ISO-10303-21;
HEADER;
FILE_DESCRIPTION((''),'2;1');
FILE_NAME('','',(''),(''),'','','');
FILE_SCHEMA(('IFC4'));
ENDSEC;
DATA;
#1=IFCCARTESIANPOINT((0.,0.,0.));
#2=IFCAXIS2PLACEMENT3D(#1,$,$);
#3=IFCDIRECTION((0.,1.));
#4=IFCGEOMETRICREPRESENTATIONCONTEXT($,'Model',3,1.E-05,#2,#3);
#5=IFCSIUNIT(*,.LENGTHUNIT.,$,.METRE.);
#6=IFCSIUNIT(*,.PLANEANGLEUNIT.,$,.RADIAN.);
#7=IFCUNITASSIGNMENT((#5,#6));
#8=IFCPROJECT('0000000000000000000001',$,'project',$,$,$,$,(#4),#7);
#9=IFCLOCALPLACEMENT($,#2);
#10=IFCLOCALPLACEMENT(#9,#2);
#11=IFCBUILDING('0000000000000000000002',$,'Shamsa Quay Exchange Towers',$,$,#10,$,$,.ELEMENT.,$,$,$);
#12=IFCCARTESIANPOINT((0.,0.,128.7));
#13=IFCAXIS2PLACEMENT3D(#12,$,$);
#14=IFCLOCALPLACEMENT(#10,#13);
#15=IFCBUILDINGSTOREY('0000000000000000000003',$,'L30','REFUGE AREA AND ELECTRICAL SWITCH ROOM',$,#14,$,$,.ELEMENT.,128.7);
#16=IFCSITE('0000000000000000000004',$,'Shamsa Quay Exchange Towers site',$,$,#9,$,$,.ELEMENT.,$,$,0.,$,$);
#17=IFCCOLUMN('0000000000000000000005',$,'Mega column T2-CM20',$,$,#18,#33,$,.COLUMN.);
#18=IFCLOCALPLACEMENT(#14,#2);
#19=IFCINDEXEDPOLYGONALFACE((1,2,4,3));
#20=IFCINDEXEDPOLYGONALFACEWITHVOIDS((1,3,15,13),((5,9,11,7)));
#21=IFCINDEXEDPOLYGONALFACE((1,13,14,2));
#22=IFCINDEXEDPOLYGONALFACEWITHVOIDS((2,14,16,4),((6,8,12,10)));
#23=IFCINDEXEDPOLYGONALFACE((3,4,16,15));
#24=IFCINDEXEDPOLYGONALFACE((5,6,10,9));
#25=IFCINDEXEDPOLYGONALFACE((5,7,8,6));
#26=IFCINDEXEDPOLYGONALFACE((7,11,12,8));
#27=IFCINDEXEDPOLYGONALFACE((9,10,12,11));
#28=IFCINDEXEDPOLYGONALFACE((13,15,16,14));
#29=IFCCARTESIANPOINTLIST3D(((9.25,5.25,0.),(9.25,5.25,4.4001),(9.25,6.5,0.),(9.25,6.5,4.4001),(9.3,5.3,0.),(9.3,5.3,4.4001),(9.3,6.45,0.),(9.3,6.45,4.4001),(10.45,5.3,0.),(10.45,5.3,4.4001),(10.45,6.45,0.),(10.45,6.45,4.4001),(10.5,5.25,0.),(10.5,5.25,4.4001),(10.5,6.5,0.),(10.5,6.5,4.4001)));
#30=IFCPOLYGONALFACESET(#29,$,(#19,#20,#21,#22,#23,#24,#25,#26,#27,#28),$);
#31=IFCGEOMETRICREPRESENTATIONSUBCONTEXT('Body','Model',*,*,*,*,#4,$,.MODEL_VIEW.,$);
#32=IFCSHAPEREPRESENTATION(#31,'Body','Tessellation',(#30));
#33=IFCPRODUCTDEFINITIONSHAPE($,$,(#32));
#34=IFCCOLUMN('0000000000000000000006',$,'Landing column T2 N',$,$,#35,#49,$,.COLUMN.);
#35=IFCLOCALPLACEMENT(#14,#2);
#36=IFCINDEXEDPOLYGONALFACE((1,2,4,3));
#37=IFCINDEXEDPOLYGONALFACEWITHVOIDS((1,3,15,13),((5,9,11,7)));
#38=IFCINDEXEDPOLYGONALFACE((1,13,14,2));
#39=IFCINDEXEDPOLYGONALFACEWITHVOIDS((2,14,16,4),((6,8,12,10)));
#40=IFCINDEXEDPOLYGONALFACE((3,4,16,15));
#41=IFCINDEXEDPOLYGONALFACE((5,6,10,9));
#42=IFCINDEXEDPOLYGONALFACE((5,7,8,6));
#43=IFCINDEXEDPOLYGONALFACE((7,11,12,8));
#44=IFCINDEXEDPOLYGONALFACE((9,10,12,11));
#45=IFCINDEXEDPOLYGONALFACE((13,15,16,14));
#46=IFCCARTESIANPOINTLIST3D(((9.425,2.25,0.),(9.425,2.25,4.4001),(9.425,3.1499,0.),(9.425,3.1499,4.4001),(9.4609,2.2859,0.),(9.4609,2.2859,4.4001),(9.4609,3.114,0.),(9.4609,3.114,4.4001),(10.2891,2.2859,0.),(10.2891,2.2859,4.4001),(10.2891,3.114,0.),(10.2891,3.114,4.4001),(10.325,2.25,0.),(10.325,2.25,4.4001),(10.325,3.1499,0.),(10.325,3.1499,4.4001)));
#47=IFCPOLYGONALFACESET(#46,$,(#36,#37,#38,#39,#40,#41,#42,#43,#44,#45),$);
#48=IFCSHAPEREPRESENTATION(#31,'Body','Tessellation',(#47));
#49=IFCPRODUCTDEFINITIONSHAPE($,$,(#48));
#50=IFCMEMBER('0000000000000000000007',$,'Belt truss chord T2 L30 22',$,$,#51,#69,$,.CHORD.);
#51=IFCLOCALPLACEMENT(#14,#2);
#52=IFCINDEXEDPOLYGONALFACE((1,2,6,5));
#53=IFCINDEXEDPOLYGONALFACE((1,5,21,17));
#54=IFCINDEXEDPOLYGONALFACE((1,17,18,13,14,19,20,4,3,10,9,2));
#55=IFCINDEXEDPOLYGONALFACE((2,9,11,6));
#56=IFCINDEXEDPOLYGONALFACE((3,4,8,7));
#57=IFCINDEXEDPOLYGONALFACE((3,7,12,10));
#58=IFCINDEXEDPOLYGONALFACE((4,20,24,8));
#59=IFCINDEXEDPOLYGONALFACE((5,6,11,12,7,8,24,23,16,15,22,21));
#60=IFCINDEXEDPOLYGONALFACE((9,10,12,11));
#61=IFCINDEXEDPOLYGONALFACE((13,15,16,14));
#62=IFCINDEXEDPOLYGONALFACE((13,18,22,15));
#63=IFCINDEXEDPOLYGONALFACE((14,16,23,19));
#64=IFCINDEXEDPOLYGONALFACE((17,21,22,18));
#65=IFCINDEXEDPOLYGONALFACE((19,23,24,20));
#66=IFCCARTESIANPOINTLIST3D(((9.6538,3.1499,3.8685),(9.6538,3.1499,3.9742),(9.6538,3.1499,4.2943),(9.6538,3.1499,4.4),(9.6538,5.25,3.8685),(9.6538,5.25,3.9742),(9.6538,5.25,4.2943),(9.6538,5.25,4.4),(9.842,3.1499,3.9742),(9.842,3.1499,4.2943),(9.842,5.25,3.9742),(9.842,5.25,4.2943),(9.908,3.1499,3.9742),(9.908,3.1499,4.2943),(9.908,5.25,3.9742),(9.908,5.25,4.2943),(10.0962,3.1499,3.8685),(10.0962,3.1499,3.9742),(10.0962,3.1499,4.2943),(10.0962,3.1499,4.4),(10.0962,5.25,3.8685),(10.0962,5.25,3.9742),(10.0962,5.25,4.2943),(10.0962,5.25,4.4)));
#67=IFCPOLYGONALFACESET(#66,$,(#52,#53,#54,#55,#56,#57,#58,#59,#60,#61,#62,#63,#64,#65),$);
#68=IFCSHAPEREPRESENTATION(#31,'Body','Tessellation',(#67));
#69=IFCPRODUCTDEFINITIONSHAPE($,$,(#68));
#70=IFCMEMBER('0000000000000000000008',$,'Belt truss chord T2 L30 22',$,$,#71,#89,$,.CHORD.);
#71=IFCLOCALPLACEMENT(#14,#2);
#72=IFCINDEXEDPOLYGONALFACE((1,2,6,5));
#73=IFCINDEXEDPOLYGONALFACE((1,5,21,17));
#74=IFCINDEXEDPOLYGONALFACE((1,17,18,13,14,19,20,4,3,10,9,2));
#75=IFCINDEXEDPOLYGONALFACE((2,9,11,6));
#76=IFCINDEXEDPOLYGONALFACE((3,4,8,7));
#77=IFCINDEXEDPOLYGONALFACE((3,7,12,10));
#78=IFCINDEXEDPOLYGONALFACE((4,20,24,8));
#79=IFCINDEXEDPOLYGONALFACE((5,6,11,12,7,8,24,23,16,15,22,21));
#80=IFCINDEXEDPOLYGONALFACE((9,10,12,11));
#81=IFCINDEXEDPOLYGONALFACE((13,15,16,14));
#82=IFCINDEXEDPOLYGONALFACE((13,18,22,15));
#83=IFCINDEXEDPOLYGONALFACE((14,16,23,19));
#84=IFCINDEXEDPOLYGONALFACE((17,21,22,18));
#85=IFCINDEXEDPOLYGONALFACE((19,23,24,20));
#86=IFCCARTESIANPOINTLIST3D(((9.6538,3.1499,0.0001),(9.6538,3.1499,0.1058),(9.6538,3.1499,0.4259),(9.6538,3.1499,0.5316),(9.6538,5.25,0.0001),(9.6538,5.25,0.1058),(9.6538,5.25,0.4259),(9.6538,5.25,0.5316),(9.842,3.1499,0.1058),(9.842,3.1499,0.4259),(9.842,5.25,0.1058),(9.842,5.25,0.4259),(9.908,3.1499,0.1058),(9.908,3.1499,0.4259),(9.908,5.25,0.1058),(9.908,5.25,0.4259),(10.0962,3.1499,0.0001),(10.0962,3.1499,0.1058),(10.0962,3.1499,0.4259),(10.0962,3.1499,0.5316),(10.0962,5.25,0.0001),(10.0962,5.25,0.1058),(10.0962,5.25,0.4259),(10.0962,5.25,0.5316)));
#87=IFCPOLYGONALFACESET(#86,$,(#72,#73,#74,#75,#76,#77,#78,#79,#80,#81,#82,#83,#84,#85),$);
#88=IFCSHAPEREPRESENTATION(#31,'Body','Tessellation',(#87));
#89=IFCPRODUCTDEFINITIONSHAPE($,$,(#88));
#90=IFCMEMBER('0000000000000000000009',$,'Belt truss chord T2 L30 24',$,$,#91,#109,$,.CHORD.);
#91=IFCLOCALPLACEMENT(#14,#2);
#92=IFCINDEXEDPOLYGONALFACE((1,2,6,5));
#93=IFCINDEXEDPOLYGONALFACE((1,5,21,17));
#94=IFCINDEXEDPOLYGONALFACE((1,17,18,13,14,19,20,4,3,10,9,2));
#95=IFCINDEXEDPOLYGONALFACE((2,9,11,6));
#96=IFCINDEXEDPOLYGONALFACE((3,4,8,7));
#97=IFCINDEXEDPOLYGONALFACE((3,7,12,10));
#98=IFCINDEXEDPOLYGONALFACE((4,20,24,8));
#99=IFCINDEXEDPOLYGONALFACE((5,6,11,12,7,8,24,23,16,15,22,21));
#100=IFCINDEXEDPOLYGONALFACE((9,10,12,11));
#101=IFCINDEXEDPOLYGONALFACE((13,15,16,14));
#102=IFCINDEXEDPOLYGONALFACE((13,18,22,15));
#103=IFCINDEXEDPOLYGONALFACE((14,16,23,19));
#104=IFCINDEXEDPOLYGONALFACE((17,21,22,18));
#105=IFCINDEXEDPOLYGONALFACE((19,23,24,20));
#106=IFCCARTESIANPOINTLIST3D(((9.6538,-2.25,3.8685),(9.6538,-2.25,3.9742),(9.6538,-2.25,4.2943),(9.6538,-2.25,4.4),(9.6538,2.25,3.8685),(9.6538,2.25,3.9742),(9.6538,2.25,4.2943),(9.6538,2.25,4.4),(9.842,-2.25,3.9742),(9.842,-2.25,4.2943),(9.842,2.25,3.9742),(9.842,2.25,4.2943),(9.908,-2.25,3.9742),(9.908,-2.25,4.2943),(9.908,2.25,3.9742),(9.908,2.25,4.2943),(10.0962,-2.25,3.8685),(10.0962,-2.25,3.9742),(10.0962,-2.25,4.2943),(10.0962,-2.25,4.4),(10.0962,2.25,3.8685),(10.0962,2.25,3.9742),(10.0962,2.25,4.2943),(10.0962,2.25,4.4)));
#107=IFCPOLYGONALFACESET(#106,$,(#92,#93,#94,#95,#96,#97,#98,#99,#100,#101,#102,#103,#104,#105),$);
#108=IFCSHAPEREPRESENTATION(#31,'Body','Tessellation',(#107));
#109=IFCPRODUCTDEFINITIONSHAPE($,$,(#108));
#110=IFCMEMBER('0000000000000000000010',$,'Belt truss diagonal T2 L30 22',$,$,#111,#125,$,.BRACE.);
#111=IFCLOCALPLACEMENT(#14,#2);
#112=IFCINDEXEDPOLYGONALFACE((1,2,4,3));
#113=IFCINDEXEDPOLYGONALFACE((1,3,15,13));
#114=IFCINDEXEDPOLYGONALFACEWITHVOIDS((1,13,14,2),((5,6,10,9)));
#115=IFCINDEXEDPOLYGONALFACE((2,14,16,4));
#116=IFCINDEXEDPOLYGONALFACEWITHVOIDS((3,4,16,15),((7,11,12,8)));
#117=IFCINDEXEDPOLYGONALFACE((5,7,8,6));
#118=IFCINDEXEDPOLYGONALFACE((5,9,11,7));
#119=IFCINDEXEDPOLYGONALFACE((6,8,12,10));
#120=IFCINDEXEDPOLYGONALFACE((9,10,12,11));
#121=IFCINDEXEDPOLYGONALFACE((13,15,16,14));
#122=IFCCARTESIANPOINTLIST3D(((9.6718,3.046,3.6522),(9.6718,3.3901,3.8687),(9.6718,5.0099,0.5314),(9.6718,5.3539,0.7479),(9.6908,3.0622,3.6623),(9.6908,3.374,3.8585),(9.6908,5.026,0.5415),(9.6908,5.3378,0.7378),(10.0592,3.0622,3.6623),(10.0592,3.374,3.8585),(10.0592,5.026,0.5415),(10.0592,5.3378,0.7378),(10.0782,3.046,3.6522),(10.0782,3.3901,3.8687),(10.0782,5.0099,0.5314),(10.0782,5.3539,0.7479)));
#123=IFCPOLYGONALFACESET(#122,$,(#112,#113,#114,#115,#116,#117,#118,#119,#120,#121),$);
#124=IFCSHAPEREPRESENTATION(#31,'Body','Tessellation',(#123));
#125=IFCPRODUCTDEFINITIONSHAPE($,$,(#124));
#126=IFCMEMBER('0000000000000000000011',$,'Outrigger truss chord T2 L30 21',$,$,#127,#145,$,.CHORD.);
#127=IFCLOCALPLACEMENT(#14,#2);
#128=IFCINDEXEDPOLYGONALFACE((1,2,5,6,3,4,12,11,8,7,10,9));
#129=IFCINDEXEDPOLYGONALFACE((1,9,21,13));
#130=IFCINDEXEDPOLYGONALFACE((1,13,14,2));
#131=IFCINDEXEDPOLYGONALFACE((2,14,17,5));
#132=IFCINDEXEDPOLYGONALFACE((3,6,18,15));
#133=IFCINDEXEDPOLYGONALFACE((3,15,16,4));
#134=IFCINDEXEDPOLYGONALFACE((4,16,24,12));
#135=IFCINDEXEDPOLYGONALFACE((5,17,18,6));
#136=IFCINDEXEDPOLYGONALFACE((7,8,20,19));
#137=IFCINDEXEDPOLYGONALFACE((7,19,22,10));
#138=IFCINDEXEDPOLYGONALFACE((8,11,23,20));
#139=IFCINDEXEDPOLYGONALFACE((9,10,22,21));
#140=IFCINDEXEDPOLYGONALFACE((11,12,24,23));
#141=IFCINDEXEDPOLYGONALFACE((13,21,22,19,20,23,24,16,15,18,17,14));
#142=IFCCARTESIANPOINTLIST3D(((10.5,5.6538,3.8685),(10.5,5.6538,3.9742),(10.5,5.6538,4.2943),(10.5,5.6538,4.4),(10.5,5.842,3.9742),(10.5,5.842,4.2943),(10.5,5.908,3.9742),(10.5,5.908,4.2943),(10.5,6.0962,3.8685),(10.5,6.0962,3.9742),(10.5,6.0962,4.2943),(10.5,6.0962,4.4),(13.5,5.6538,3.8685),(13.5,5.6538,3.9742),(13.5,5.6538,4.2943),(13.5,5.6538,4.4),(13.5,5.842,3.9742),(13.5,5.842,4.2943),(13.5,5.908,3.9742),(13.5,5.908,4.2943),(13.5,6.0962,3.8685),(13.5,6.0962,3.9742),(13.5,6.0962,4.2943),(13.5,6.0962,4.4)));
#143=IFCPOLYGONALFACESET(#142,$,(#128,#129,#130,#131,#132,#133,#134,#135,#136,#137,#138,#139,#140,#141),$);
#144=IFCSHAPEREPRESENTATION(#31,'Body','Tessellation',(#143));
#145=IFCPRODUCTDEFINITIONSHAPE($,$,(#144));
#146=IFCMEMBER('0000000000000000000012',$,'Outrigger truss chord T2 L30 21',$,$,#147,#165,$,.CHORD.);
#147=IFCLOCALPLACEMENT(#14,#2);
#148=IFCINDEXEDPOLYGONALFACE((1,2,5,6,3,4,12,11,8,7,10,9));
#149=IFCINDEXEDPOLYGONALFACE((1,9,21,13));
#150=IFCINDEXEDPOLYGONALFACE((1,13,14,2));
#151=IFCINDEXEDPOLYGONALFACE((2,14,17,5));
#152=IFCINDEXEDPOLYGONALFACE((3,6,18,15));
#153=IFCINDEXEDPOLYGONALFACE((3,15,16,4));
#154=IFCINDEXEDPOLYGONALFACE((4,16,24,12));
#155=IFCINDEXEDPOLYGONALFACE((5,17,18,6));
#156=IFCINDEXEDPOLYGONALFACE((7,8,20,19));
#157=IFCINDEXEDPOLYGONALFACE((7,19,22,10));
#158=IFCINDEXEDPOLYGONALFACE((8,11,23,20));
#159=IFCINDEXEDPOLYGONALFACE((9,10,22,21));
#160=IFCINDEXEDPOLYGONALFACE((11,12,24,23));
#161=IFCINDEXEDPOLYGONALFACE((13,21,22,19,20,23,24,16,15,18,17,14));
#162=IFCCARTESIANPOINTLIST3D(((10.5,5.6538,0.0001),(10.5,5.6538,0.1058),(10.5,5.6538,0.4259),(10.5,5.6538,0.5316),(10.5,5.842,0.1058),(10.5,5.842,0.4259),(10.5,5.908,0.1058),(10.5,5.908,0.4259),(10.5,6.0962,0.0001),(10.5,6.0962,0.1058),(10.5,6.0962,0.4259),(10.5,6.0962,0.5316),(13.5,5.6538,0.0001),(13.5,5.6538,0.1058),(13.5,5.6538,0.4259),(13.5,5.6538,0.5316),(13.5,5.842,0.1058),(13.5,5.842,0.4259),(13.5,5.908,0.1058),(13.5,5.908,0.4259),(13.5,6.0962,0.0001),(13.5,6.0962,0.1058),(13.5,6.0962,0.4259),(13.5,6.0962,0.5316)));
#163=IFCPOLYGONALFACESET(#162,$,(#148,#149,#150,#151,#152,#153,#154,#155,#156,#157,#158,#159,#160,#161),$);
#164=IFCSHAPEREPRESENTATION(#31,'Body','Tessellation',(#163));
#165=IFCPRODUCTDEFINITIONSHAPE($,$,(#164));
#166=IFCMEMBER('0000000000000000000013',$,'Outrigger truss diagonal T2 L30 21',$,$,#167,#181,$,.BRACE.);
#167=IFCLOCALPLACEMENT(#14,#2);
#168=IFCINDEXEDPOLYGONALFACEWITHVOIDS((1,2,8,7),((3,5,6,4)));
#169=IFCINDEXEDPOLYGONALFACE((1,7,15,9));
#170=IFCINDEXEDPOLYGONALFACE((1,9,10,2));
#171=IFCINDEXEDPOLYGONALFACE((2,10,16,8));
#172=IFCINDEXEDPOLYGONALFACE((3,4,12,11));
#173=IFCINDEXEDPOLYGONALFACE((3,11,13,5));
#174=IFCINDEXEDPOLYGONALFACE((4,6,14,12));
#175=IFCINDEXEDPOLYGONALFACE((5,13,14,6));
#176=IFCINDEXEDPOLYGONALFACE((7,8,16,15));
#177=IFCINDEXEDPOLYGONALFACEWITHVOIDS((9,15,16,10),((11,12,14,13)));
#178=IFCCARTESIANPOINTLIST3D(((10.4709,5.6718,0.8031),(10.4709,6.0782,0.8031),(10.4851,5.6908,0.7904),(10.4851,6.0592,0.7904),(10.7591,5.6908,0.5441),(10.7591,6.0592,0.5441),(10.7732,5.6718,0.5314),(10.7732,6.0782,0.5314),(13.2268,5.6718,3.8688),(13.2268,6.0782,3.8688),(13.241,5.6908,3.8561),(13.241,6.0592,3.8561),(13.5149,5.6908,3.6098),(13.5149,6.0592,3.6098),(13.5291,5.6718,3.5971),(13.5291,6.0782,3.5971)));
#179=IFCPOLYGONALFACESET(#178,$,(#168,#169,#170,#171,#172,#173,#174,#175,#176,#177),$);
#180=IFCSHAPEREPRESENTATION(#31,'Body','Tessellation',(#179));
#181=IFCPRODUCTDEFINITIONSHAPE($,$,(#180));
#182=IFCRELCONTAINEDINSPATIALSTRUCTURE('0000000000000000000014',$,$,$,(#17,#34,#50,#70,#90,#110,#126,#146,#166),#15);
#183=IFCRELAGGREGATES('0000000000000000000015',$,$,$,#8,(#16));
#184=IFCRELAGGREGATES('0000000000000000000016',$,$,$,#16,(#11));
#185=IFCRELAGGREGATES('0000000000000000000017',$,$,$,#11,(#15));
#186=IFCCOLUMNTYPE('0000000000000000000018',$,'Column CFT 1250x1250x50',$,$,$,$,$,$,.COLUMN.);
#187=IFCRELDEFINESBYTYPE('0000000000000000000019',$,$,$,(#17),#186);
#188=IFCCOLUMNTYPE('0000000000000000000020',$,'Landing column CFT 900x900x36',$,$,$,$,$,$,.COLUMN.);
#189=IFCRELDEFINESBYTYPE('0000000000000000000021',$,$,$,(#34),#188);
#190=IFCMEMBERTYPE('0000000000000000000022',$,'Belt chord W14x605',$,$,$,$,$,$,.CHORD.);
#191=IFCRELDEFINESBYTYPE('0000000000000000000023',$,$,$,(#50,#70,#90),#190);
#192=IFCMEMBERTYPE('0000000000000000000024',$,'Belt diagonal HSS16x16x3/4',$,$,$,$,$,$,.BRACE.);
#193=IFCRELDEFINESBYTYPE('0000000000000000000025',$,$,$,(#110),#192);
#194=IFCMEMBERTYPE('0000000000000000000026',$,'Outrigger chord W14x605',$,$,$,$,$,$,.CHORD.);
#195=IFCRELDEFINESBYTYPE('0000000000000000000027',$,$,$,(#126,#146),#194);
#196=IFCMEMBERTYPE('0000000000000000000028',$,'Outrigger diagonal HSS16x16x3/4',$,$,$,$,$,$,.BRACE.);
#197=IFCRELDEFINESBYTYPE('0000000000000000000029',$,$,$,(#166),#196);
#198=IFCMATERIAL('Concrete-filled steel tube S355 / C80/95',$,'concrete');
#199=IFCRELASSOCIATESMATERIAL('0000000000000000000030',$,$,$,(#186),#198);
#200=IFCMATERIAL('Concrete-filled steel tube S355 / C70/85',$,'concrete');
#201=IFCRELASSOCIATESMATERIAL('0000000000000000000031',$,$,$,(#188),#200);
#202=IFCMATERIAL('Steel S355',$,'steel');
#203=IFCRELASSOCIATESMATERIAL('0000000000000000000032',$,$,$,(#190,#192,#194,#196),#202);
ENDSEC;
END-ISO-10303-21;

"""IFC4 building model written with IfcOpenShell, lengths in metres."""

from ifc_helpers import new_model, si_unit, direction, frame, origin, origin_2d, place, context, subcontext, project, spatial, hollow_rectangle, i_section, extrude, material, material_profile, profile_set, type_object, element, save


model = new_model("IFC4")

# Units and contexts
model_context = context("Model", 3, precision=1e-05, world=origin(), true_north=direction((0.0, 1.0)))
body_context = subcontext(model_context, "Body", "Model", "MODEL_VIEW")
ifc_project = project(units=[si_unit("LENGTHUNIT", "METRE"), si_unit("PLANEANGLEUNIT", "RADIAN")], contexts=[model_context])

# Site, building, storey
site_placement = place(None, origin())
site = spatial("IfcSite", under=ifc_project, at=site_placement, Name="Shamsa Quay Exchange Towers site", CompositionType="ELEMENT", RefElevation=0.0)
building_placement = place(site_placement, origin())
building = spatial("IfcBuilding", under=site, at=building_placement, Name="Shamsa Quay Exchange Towers", CompositionType="ELEMENT")
storey_placement = place(building_placement, frame((0.0, 0.0, 128.7)))
storey = spatial("IfcBuildingStorey", under=building, at=storey_placement, Name="L30", Description="REFUGE AREA AND ELECTRICAL SWITCH ROOM", CompositionType="ELEMENT", Elevation=128.7)

# Columns
ifc_material_1 = material(Name="Concrete-filled steel tube S355 / C80/95", Category="concrete")
ifc_material_profile_1 = material_profile(ifc_material_1, hollow_rectangle(XDim=1.25, YDim=1.25, WallThickness=0.05, at=origin_2d()), Name="CFT 1250x1250x50")
ifc_profile_set_1 = profile_set([ifc_material_profile_1], Name="Concrete-filled steel tube S355 / C80/95")
column_type_1 = type_object("IfcColumnType", Name="Column CFT 1250x1250x50", PredefinedType="COLUMN", material=ifc_profile_set_1)
column_1_placement = place(storey_placement, frame((9.875, 5.875, 0.0)))
element("IfcColumn", 1, at=column_1_placement, inside=storey, type_object=column_type_1, Name="Mega column T2-CM20", PredefinedType="COLUMN", context=body_context, shape_type="SweptSolid", body=[
    extrude(hollow_rectangle(XDim=1.25, YDim=1.25, WallThickness=0.05, at=origin_2d()), origin(), (0.0, 0.0, 1.0), 4.4001),
])
ifc_material_2 = material(Name="Concrete-filled steel tube S355 / C70/85", Category="concrete")
ifc_material_profile_2 = material_profile(ifc_material_2, hollow_rectangle(XDim=0.8999, YDim=0.8999, WallThickness=0.0359, at=origin_2d()), Name="CFT 900x900x36")
ifc_profile_set_2 = profile_set([ifc_material_profile_2], Name="Concrete-filled steel tube S355 / C70/85")
column_type_2 = type_object("IfcColumnType", Name="Landing column CFT 900x900x36", PredefinedType="COLUMN", material=ifc_profile_set_2)
column_2_placement = place(storey_placement, frame((9.875, 2.7, 0.0)))
element("IfcColumn", 2, at=column_2_placement, inside=storey, type_object=column_type_2, Name="Landing column T2 N", PredefinedType="COLUMN", context=body_context, shape_type="SweptSolid", body=[
    extrude(hollow_rectangle(XDim=0.8999, YDim=0.8999, WallThickness=0.0359, at=origin_2d()), origin(), (0.0, 0.0, 1.0), 4.4001),
])

# Members
ifc_material_3 = material(Name="Steel S355", Category="steel")
ifc_material_profile_3 = material_profile(ifc_material_3, i_section(OverallWidth=0.4424, OverallDepth=0.5315, WebThickness=0.0659, FlangeThickness=0.1057, at=origin_2d()), Name="W14x605")
ifc_profile_set_3 = profile_set([ifc_material_profile_3], Name="Steel S355")
member_type_1 = type_object("IfcMemberType", Name="Belt chord W14x605", PredefinedType="CHORD", material=ifc_profile_set_3)
for number, where, z_axis, x_axis, name in (
    (3, (9.875, 5.25, 4.1343), (0.0, -1.0, 0.0), (1.0, 0.0, 0.0), "Belt truss chord T2 L30 22"),
    (4, (9.875, 5.25, 0.2659), (0.0, -1.0, 0.0), (1.0, 0.0, 0.0), "Belt truss chord T2 L30 22"),
):
    element("IfcMember", number, at=place(storey_placement, frame(where, z_axis=z_axis, x_axis=x_axis)), inside=storey, type_object=member_type_1, Name=name, PredefinedType="CHORD", context=body_context, shape_type="SweptSolid", body=[
        extrude(i_section(OverallWidth=0.4424, OverallDepth=0.5315, WebThickness=0.0659, FlangeThickness=0.1057, at=origin_2d()), origin(), (0.0, 0.0, 1.0), 2.1001),
    ])
member_1_placement = place(storey_placement, frame((9.875, -2.25, 4.1343), z_axis=(0.0, 1.0, 0.0), x_axis=(-1.0, 0.0, 0.0)))
element("IfcMember", 5, at=member_1_placement, inside=storey, type_object=member_type_1, Name="Belt truss chord T2 L30 24", PredefinedType="CHORD", context=body_context, shape_type="SweptSolid", body=[
    extrude(i_section(OverallWidth=0.4424, OverallDepth=0.5315, WebThickness=0.0659, FlangeThickness=0.1057, at=origin_2d()), origin(), (0.0, 0.0, 1.0), 4.5),
])
ifc_material_profile_4 = material_profile(ifc_material_3, hollow_rectangle(XDim=0.4065, YDim=0.4065, WallThickness=0.019, at=origin_2d()), Name="HSS16x16x3/4")
ifc_profile_set_4 = profile_set([ifc_material_profile_4], Name="Steel S355")
member_type_2 = type_object("IfcMemberType", Name="Belt diagonal HSS16x16x3/4", PredefinedType="BRACE", material=ifc_profile_set_4)
member_2_placement = place(storey_placement, frame((9.875, 5.1819, 0.6396), z_axis=(0.0, -0.532597, 0.846369), x_axis=(1.0, 0.0, 0.0)))
element("IfcMember", 6, at=member_2_placement, inside=storey, type_object=member_type_2, Name="Belt truss diagonal T2 L30 22", PredefinedType="BRACE", context=body_context, shape_type="SweptSolid", body=[
    extrude(hollow_rectangle(XDim=0.4065, YDim=0.4065, WallThickness=0.019, at=origin_2d()), origin(), (0.0, 0.0, 1.0), 3.6873),
])
ifc_material_profile_5 = material_profile(ifc_material_3, i_section(OverallWidth=0.4424, OverallDepth=0.5315, WebThickness=0.0659, FlangeThickness=0.1057, at=origin_2d()), Name="W14x605")
ifc_profile_set_5 = profile_set([ifc_material_profile_5], Name="Steel S355")
member_type_3 = type_object("IfcMemberType", Name="Outrigger chord W14x605", PredefinedType="CHORD", material=ifc_profile_set_5)
for number, where, z_axis, x_axis, name in (
    (7, (10.5, 5.875, 4.1343), (1.0, 0.0, 0.0), (0.0, 1.0, 0.0), "Outrigger truss chord T2 L30 21"),
    (8, (10.5, 5.875, 0.2659), (1.0, 0.0, 0.0), (0.0, 1.0, 0.0), "Outrigger truss chord T2 L30 21"),
):
    element("IfcMember", number, at=place(storey_placement, frame(where, z_axis=z_axis, x_axis=x_axis)), inside=storey, type_object=member_type_3, Name=name, PredefinedType="CHORD", context=body_context, shape_type="SweptSolid", body=[
        extrude(i_section(OverallWidth=0.4424, OverallDepth=0.5315, WebThickness=0.0659, FlangeThickness=0.1057, at=origin_2d()), origin(), (0.0, 0.0, 1.0), 3.0),
    ])
ifc_material_profile_6 = material_profile(ifc_material_3, hollow_rectangle(XDim=0.4065, YDim=0.4065, WallThickness=0.019, at=origin_2d()), Name="HSS16x16x3/4")
ifc_profile_set_6 = profile_set([ifc_material_profile_6], Name="Steel S355")
member_type_4 = type_object("IfcMemberType", Name="Outrigger diagonal HSS16x16x3/4", PredefinedType="BRACE", material=ifc_profile_set_6)
member_3_placement = place(storey_placement, frame((10.6221, 5.875, 0.6672), z_axis=(0.668529, 0.0, 0.743686), x_axis=(0.0, 1.0, 0.0)))
element("IfcMember", 9, at=member_3_placement, inside=storey, type_object=member_type_4, Name="Outrigger truss diagonal T2 L30 21", PredefinedType="BRACE", context=body_context, shape_type="SweptSolid", body=[
    extrude(hollow_rectangle(XDim=0.4065, YDim=0.4065, WallThickness=0.019, at=origin_2d()), origin(), (0.0, 0.0, 1.0), 4.1223),
])

save(model, "model.ifc")
